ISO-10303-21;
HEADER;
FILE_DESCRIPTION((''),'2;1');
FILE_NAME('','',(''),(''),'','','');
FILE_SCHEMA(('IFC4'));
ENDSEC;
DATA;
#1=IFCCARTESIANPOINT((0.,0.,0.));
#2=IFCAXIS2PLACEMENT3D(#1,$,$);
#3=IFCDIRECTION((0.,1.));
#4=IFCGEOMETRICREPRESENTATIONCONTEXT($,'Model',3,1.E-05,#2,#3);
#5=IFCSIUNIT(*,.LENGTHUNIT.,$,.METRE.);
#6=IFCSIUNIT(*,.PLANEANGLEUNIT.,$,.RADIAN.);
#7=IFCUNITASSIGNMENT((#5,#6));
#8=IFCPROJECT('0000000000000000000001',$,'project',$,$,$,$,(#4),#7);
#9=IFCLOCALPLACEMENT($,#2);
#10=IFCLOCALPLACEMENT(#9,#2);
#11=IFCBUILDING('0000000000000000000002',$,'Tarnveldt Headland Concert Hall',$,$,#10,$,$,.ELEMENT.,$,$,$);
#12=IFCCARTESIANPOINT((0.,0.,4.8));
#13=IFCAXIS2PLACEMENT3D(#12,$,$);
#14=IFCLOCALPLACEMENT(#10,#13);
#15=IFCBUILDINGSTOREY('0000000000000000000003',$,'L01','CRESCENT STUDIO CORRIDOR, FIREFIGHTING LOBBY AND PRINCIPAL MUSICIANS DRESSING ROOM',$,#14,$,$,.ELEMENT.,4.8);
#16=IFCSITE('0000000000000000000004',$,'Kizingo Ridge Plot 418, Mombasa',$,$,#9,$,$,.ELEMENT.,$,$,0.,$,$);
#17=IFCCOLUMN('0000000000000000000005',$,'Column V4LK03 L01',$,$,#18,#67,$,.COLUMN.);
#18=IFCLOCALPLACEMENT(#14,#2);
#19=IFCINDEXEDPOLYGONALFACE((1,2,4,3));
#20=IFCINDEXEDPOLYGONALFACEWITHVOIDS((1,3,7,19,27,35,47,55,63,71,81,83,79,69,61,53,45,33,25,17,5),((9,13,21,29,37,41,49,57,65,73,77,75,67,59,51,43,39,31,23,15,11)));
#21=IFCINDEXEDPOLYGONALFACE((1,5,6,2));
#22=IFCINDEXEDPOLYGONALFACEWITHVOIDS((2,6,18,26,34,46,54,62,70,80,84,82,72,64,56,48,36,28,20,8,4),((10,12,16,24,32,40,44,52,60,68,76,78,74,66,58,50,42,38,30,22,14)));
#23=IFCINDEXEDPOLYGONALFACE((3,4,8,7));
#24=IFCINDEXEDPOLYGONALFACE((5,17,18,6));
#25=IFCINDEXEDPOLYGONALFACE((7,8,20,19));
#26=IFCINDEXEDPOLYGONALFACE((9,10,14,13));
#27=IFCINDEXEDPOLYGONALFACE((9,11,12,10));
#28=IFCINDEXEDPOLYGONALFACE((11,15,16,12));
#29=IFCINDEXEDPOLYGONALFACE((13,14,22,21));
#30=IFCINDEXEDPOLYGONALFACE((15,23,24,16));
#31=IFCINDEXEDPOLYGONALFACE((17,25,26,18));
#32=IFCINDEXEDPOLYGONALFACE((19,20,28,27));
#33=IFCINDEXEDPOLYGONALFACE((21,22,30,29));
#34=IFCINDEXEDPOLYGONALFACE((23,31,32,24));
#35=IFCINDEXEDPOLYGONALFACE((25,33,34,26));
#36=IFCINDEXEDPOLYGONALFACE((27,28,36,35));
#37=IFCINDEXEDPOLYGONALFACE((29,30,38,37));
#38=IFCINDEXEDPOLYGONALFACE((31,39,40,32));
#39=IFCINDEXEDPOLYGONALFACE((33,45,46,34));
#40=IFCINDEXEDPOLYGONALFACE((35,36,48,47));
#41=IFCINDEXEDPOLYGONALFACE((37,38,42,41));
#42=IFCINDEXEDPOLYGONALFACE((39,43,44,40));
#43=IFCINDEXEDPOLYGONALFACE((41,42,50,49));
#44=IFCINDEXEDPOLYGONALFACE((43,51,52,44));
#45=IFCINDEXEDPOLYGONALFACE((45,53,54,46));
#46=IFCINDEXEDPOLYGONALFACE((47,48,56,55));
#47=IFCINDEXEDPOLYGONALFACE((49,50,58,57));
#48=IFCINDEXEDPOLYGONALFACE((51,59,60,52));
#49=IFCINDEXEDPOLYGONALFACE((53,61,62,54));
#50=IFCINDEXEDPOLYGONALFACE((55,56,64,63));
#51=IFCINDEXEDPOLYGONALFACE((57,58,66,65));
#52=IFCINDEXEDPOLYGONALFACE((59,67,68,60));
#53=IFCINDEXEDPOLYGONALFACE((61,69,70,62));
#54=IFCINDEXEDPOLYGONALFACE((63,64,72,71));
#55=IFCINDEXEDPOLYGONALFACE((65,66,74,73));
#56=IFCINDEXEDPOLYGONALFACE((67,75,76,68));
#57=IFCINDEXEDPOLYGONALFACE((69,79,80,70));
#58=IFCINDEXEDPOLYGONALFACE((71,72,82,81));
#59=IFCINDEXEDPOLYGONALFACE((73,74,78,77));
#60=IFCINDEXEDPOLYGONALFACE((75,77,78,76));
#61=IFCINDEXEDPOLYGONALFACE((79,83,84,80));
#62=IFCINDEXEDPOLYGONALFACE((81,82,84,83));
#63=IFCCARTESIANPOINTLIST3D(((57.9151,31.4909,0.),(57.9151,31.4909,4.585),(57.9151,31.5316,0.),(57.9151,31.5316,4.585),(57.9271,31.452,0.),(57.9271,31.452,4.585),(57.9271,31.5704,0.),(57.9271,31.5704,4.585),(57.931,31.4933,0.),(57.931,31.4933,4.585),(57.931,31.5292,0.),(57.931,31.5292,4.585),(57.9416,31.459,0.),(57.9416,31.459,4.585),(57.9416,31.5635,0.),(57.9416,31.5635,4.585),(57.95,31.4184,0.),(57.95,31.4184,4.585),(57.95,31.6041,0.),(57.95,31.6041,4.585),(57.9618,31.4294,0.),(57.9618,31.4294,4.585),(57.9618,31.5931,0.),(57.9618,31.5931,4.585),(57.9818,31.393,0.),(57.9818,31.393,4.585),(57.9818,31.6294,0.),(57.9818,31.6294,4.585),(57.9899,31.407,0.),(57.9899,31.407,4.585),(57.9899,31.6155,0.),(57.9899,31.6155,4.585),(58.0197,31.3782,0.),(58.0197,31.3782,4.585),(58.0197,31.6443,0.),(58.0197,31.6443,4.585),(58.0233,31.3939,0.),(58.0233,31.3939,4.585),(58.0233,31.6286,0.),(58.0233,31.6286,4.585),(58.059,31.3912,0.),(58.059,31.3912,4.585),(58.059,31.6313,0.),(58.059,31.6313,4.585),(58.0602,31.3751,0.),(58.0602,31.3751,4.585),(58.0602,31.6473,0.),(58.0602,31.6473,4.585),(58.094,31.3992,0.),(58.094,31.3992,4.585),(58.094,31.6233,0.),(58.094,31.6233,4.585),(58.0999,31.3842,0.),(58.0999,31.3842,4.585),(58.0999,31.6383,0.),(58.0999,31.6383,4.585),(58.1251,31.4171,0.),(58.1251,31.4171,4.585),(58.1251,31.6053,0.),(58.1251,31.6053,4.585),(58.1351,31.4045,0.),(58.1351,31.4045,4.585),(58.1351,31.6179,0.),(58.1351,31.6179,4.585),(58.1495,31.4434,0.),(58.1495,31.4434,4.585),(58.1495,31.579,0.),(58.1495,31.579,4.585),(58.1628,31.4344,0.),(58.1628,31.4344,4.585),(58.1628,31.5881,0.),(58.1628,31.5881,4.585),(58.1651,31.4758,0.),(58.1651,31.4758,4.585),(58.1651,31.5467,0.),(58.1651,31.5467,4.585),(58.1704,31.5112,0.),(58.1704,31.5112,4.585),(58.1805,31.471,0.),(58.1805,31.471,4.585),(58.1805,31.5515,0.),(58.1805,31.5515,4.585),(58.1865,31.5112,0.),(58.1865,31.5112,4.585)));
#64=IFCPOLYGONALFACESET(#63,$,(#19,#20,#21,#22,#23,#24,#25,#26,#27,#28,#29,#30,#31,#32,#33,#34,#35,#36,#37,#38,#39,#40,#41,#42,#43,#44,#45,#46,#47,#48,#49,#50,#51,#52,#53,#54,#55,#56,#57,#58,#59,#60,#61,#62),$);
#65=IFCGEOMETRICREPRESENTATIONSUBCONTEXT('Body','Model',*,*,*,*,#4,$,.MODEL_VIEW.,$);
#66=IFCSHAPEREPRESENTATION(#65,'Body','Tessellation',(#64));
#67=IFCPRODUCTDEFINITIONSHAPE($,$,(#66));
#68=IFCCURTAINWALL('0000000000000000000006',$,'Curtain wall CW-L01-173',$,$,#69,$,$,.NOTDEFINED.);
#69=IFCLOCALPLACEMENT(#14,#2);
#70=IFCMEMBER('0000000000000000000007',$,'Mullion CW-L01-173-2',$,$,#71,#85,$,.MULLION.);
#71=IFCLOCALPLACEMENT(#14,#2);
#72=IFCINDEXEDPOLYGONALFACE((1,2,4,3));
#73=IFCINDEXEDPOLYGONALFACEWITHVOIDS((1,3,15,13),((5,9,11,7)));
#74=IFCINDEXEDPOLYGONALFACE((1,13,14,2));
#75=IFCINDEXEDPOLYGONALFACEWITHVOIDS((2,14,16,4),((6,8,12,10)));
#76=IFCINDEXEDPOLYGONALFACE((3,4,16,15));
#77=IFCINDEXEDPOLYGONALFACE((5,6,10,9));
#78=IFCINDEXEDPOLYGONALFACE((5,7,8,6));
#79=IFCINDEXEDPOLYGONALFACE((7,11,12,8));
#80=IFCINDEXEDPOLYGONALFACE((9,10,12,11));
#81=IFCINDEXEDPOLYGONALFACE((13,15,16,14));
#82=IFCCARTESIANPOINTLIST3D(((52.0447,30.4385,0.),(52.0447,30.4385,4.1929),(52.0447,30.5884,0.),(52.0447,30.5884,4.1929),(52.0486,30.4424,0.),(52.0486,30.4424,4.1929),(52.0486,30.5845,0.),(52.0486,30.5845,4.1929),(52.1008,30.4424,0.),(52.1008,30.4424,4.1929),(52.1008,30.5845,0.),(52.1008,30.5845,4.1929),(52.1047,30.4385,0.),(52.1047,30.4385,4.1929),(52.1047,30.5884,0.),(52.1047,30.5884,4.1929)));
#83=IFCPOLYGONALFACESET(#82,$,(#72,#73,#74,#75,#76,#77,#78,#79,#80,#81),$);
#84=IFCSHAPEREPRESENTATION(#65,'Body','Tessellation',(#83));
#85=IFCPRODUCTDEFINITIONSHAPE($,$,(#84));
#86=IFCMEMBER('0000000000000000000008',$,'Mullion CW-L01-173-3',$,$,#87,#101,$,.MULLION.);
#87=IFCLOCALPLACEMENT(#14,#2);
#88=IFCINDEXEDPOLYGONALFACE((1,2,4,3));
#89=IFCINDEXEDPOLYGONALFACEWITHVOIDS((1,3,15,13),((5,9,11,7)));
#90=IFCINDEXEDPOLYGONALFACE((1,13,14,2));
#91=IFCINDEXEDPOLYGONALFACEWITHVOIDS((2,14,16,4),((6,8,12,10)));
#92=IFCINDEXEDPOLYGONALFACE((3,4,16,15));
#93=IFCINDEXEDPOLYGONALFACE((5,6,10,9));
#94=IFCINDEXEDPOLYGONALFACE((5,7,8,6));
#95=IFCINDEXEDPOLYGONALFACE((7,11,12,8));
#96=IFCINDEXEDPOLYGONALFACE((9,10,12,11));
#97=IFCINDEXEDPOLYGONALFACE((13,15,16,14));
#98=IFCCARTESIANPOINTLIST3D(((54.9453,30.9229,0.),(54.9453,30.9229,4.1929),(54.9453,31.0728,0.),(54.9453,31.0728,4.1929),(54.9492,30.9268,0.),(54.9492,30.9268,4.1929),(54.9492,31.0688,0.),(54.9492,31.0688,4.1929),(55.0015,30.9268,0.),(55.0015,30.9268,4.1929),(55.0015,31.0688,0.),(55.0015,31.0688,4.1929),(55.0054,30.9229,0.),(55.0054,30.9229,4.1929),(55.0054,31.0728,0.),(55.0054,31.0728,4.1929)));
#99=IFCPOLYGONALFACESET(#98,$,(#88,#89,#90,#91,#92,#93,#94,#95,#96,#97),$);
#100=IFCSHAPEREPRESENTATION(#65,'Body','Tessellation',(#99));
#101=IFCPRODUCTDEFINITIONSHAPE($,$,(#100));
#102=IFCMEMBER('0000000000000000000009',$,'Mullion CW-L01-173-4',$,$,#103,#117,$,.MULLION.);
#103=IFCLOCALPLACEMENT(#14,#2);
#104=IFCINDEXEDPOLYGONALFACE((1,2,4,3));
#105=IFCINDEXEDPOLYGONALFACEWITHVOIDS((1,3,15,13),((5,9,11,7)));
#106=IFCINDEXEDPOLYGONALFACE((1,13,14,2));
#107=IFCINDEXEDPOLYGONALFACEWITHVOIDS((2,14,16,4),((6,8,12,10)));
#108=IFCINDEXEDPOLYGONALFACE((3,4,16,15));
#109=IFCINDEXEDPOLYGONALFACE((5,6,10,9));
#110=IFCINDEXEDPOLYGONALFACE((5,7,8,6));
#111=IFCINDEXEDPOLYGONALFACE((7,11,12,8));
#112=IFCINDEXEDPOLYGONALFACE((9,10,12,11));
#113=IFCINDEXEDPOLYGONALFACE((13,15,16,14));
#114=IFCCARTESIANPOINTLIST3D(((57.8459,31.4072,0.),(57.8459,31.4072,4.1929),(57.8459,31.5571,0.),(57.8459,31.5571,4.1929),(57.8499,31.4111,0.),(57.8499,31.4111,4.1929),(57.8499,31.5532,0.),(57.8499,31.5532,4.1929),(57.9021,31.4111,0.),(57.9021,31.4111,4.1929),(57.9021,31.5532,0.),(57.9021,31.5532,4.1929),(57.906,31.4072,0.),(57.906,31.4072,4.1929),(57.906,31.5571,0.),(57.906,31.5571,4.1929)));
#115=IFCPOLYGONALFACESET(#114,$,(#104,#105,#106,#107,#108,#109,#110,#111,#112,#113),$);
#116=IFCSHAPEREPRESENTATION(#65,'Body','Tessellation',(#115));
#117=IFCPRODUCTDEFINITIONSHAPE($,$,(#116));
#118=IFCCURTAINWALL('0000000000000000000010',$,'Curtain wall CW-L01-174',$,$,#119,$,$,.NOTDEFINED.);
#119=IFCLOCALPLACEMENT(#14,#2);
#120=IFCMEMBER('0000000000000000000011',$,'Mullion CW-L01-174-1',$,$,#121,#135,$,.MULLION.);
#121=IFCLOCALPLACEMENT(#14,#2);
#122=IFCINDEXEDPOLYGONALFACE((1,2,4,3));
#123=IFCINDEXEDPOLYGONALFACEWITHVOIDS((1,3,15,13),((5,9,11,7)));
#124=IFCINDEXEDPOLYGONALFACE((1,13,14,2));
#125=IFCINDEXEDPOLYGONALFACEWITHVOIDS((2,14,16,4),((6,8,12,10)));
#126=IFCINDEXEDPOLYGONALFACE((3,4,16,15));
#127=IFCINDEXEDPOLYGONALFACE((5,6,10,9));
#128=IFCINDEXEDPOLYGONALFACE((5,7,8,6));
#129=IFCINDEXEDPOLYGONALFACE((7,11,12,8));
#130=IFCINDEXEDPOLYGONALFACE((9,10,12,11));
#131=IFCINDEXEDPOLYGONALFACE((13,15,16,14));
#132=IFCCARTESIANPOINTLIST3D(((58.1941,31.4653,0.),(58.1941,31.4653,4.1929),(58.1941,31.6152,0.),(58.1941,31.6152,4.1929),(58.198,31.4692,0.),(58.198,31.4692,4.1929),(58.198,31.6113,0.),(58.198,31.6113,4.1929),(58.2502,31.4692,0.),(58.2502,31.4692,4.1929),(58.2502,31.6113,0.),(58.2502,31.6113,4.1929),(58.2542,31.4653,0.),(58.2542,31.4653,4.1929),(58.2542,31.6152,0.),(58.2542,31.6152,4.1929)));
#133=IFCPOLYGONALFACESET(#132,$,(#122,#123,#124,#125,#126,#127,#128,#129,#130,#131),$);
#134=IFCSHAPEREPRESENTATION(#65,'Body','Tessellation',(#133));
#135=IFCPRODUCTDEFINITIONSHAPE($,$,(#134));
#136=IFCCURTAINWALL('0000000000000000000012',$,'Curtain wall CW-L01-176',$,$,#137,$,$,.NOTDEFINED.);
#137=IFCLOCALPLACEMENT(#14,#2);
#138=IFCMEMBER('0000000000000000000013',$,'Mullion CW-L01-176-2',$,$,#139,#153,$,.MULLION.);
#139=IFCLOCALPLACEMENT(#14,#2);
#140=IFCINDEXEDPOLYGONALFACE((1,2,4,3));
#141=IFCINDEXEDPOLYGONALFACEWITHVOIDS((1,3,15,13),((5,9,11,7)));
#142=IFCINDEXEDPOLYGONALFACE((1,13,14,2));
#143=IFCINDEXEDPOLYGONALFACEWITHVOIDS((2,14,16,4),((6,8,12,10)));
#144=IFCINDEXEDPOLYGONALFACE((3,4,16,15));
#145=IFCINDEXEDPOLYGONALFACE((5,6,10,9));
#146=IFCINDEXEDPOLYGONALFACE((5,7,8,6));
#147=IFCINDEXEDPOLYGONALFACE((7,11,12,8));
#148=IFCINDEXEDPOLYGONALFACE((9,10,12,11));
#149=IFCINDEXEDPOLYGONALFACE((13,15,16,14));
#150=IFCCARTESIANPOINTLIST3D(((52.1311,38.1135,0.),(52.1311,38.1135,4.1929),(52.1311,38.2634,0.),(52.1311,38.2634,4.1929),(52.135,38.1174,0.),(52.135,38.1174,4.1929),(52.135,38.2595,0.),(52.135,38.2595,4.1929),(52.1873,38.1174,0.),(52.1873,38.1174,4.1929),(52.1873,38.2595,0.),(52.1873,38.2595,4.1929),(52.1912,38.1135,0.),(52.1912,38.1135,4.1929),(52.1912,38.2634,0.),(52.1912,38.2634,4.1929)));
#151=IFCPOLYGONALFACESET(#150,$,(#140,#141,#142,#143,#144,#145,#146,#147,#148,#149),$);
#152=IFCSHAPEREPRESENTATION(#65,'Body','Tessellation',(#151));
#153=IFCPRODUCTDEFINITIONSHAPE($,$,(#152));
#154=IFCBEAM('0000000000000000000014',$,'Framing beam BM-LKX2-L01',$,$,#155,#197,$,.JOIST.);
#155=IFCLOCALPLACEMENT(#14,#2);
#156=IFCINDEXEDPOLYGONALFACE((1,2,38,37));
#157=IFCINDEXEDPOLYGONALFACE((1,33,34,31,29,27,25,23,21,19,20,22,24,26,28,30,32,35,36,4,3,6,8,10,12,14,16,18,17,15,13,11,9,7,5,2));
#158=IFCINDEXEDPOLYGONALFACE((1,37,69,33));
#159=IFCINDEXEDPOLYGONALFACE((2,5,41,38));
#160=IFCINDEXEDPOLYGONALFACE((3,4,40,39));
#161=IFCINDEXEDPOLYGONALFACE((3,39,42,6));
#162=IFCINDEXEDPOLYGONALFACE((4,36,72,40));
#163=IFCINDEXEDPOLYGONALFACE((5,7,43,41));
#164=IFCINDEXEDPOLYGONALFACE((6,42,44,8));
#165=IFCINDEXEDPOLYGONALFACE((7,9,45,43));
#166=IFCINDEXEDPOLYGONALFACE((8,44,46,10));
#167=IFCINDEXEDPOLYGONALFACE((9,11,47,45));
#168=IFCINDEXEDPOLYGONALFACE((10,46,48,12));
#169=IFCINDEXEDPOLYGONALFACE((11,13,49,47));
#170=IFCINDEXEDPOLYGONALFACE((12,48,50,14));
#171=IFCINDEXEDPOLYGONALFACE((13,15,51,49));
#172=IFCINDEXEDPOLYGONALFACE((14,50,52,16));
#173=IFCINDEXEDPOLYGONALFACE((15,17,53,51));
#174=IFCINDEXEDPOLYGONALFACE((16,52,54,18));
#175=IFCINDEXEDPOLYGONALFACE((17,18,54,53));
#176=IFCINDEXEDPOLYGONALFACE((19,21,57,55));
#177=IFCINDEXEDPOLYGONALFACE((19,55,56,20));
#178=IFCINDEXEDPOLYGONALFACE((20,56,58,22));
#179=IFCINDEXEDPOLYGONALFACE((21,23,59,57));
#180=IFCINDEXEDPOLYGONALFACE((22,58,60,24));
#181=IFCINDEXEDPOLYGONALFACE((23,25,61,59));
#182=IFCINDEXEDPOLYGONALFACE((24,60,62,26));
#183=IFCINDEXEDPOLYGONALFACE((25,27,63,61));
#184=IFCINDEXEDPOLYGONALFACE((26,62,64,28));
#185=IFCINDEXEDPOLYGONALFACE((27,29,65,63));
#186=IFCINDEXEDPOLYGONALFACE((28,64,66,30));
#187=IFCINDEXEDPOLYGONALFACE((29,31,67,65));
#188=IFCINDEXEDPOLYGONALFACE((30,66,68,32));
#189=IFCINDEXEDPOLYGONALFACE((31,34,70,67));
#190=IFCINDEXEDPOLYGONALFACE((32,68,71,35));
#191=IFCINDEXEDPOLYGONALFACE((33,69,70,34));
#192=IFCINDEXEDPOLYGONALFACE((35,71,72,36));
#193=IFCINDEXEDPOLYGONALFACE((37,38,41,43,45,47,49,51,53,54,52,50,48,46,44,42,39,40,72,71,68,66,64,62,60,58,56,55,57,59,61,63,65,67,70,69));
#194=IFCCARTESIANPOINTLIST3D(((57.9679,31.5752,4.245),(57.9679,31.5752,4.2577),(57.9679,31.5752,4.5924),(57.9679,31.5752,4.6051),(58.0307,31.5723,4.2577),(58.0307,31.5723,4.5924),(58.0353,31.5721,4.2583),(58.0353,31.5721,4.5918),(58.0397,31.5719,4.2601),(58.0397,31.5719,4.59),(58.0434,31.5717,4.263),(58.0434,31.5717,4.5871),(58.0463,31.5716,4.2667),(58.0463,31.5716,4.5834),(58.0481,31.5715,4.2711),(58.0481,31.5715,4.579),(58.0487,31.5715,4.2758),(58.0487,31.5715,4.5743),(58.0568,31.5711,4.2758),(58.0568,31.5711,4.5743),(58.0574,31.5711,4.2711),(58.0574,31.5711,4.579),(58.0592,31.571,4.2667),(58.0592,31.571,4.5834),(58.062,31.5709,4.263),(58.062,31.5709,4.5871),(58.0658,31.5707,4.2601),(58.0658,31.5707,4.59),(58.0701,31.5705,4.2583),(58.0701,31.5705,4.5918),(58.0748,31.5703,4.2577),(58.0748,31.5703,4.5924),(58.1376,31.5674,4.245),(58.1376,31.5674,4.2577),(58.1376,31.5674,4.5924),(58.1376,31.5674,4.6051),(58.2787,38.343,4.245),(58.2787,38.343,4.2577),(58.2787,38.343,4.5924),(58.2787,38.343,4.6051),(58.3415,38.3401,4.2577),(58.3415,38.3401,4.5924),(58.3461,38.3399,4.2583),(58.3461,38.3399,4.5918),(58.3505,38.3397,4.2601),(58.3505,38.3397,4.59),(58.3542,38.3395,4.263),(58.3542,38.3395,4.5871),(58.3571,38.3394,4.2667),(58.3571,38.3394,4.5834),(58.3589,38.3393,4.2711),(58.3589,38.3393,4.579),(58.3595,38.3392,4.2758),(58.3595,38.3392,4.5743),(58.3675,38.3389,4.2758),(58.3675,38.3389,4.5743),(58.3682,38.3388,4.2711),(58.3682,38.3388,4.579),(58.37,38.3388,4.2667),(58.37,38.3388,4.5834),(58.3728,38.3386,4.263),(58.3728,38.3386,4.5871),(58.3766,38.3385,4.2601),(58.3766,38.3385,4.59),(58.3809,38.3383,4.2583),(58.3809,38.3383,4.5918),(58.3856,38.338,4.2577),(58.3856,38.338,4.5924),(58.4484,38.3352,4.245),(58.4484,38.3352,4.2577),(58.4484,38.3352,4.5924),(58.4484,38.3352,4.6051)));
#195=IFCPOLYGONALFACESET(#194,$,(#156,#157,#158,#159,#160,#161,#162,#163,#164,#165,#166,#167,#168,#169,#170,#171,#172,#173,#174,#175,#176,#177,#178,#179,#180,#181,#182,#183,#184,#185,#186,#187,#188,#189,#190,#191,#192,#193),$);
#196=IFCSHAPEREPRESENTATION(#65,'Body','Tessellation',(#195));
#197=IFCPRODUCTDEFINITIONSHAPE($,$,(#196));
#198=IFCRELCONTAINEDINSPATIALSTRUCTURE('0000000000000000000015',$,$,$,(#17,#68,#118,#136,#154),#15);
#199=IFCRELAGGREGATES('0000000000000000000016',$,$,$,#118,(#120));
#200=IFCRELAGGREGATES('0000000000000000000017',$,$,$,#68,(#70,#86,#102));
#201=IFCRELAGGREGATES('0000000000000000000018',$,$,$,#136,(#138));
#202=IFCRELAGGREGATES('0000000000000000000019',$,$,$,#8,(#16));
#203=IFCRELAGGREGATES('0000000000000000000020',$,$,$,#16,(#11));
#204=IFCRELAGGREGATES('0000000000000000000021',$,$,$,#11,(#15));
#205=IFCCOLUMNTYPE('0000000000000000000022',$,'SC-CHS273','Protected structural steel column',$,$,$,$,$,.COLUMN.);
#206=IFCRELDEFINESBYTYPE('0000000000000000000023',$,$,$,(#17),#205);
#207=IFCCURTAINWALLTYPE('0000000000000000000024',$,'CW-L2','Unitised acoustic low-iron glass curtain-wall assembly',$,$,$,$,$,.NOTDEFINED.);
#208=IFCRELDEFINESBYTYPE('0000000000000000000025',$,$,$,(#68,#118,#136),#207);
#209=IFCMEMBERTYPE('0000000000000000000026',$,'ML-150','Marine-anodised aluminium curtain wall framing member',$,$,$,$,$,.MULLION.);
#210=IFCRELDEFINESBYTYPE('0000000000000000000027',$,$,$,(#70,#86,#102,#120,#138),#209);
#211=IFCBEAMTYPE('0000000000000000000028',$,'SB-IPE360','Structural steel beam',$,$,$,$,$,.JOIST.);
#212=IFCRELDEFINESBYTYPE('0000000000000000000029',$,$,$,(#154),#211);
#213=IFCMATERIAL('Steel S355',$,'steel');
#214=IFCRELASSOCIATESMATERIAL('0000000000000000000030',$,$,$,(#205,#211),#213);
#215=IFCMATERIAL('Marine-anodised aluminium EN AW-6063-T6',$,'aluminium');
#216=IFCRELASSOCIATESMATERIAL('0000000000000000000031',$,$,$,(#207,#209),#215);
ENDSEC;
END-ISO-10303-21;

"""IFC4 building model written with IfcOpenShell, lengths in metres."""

from ifc_helpers import new_model, si_unit, direction, frame, origin, origin_2d, place, context, subcontext, project, spatial, hollow_rectangle, hollow_circle, i_section, extrude, material, material_profile, profile_set, type_object, element, aggregate, save


model = new_model("IFC4")

# Units and contexts
model_context = context("Model", 3, precision=1e-05, world=origin(), true_north=direction((0.0, 1.0)))
body_context = subcontext(model_context, "Body", "Model", "MODEL_VIEW")
ifc_project = project(units=[si_unit("LENGTHUNIT", "METRE"), si_unit("PLANEANGLEUNIT", "RADIAN")], contexts=[model_context])

# Site, building, storey
site_placement = place(None, origin())
site = spatial("IfcSite", under=ifc_project, at=site_placement, Name="Kizingo Ridge Plot 418, Mombasa", CompositionType="ELEMENT", RefElevation=0.0)
building_placement = place(site_placement, origin())
building = spatial("IfcBuilding", under=site, at=building_placement, Name="Tarnveldt Headland Concert Hall", CompositionType="ELEMENT")
storey_placement = place(building_placement, frame((0.0, 0.0, 4.8)))
storey = spatial("IfcBuildingStorey", under=building, at=storey_placement, Name="L01", Description="CRESCENT STUDIO CORRIDOR, FIREFIGHTING LOBBY AND PRINCIPAL MUSICIANS DRESSING ROOM", CompositionType="ELEMENT", Elevation=4.8)

# Column
ifc_material_1 = material(Name="Steel S355", Category="steel")
ifc_material_profile_1 = material_profile(ifc_material_1, hollow_circle(Radius=0.1365, WallThickness=0.0161, at=origin_2d()), Name="CHS 273x16", Category="steel")
ifc_profile_set_1 = profile_set([ifc_material_profile_1], Name="Steel S355")
column_type = type_object("IfcColumnType", Name="SC-CHS273", Description="Protected structural steel column", PredefinedType="COLUMN", material=ifc_profile_set_1)
column_placement = place(storey_placement, frame((58.05, 31.5112, 0.0), z_axis=(0.0, 0.0, 1.0), x_axis=(1.0, 0.0, 0.0)))
element("IfcColumn", 1, at=column_placement, inside=storey, type_object=column_type, Name="Column V4LK03 L01", PredefinedType="COLUMN", context=body_context, shape_type="SweptSolid", body=[
    extrude(hollow_circle(Radius=0.1365, WallThickness=0.0161, at=origin_2d()), origin(), (0.0, 0.0, 1.0), 4.585),
])

# Curtain wall, members
ifc_material_2 = material(Name="Marine-anodised aluminium EN AW-6063-T6", Category="aluminium")
curtain_wall_type = type_object("IfcCurtainWallType", Name="CW-L2", Description="Unitised acoustic low-iron glass curtain-wall assembly", PredefinedType="NOTDEFINED", material=ifc_material_2)
curtain_wall_1_placement = place(storey_placement, origin())
curtain_wall_1 = element("IfcCurtainWall", 2, at=curtain_wall_1_placement, inside=storey, type_object=curtain_wall_type, Name="Curtain wall CW-L01-173", PredefinedType="NOTDEFINED")
ifc_material_profile_2 = material_profile(ifc_material_2, hollow_rectangle(XDim=0.0601, YDim=0.1499, WallThickness=0.0039, at=origin_2d()), Name="ALU MULLION 60x150x4", Category="aluminium")
ifc_profile_set_2 = profile_set([ifc_material_profile_2], Name="Marine-anodised aluminium EN AW-6063-T6")
member_type_1 = type_object("IfcMemberType", Name="ML-150", Description="Marine-anodised aluminium curtain wall framing member", PredefinedType="MULLION", material=ifc_profile_set_2)
member_1_placement = place(storey_placement, frame((52.0747, 30.5134, 0.0), z_axis=(0.0, 0.0, 1.0), x_axis=(1.0, 0.0, 0.0)))
member_1 = element("IfcMember", 3, at=member_1_placement, type_object=member_type_1, Name="Mullion CW-L01-173-2", PredefinedType="MULLION", context=body_context, shape_type="SweptSolid", body=[
    extrude(hollow_rectangle(XDim=0.0601, YDim=0.1499, WallThickness=0.0039, at=origin_2d()), origin(), (0.0, 0.0, 1.0), 4.1929),
])
member_2_placement = place(storey_placement, frame((54.9753, 30.9978, 0.0), z_axis=(0.0, 0.0, 1.0), x_axis=(1.0, 0.0, 0.0)))
member_2 = element("IfcMember", 4, at=member_2_placement, type_object=member_type_1, Name="Mullion CW-L01-173-3", PredefinedType="MULLION", context=body_context, shape_type="SweptSolid", body=[
    extrude(hollow_rectangle(XDim=0.0601, YDim=0.1499, WallThickness=0.0039, at=origin_2d()), origin(), (0.0, 0.0, 1.0), 4.1929),
])
member_3_placement = place(storey_placement, frame((57.876, 31.4822, 0.0), z_axis=(0.0, 0.0, 1.0), x_axis=(1.0, 0.0, 0.0)))
member_3 = element("IfcMember", 5, at=member_3_placement, type_object=member_type_1, Name="Mullion CW-L01-173-4", PredefinedType="MULLION", context=body_context, shape_type="SweptSolid", body=[
    extrude(hollow_rectangle(XDim=0.0601, YDim=0.1499, WallThickness=0.0039, at=origin_2d()), origin(), (0.0, 0.0, 1.0), 4.1929),
])

# Curtain walls, members
curtain_wall_2_placement = place(storey_placement, origin())
curtain_wall_2 = element("IfcCurtainWall", 6, at=curtain_wall_2_placement, inside=storey, type_object=curtain_wall_type, Name="Curtain wall CW-L01-174", PredefinedType="NOTDEFINED")
member_4_placement = place(storey_placement, frame((58.2241, 31.5403, 0.0), z_axis=(0.0, 0.0, 1.0), x_axis=(1.0, 0.0, 0.0)))
member_4 = element("IfcMember", 7, at=member_4_placement, type_object=member_type_1, Name="Mullion CW-L01-174-1", PredefinedType="MULLION", context=body_context, shape_type="SweptSolid", body=[
    extrude(hollow_rectangle(XDim=0.0601, YDim=0.1499, WallThickness=0.0039, at=origin_2d()), origin(), (0.0, 0.0, 1.0), 4.1929),
])
curtain_wall_3_placement = place(storey_placement, origin())
curtain_wall_3 = element("IfcCurtainWall", 8, at=curtain_wall_3_placement, inside=storey, type_object=curtain_wall_type, Name="Curtain wall CW-L01-176", PredefinedType="NOTDEFINED")
member_5_placement = place(storey_placement, frame((52.1611, 38.1885, 0.0), z_axis=(0.0, 0.0, 1.0), x_axis=(1.0, 0.0, 0.0)))
member_5 = element("IfcMember", 9, at=member_5_placement, type_object=member_type_1, Name="Mullion CW-L01-176-2", PredefinedType="MULLION", context=body_context, shape_type="SweptSolid", body=[
    extrude(hollow_rectangle(XDim=0.0601, YDim=0.1499, WallThickness=0.0039, at=origin_2d()), origin(), (0.0, 0.0, 1.0), 4.1929),
])

# Beam
ifc_material_profile_3 = material_profile(ifc_material_1, i_section(OverallWidth=0.1699, OverallDepth=0.3601, WebThickness=0.0081, FlangeThickness=0.0127, FilletRadius=0.0181, at=origin_2d()), Name="IPE360", Category="steel")
ifc_profile_set_3 = profile_set([ifc_material_profile_3], Name="Steel S355")
beam_type_1 = type_object("IfcBeamType", Name="SB-IPE360", Description="Structural steel beam", PredefinedType="JOIST", material=ifc_profile_set_3)
beam_1_placement = place(storey_placement, frame((58.0527, 31.5713, 4.425), z_axis=(0.045874, 0.998947, 0.0), x_axis=(-0.998947, 0.045874, 0.0)))
element("IfcBeam", 10, at=beam_1_placement, inside=storey, type_object=beam_type_1, Name="Framing beam BM-LKX2-L01", PredefinedType="JOIST", context=body_context, shape_type="SweptSolid", body=[
    extrude(i_section(OverallWidth=0.1699, OverallDepth=0.3601, WebThickness=0.0081, FlangeThickness=0.0127, FilletRadius=0.0181, at=origin_2d()), origin(), (0.0, 0.0, 1.0), 6.7749),
])

aggregate(curtain_wall_2, [member_4])

aggregate(curtain_wall_1, [member_1, member_2, member_3])
aggregate(curtain_wall_3, [member_5])

save(model, "model.ifc")
